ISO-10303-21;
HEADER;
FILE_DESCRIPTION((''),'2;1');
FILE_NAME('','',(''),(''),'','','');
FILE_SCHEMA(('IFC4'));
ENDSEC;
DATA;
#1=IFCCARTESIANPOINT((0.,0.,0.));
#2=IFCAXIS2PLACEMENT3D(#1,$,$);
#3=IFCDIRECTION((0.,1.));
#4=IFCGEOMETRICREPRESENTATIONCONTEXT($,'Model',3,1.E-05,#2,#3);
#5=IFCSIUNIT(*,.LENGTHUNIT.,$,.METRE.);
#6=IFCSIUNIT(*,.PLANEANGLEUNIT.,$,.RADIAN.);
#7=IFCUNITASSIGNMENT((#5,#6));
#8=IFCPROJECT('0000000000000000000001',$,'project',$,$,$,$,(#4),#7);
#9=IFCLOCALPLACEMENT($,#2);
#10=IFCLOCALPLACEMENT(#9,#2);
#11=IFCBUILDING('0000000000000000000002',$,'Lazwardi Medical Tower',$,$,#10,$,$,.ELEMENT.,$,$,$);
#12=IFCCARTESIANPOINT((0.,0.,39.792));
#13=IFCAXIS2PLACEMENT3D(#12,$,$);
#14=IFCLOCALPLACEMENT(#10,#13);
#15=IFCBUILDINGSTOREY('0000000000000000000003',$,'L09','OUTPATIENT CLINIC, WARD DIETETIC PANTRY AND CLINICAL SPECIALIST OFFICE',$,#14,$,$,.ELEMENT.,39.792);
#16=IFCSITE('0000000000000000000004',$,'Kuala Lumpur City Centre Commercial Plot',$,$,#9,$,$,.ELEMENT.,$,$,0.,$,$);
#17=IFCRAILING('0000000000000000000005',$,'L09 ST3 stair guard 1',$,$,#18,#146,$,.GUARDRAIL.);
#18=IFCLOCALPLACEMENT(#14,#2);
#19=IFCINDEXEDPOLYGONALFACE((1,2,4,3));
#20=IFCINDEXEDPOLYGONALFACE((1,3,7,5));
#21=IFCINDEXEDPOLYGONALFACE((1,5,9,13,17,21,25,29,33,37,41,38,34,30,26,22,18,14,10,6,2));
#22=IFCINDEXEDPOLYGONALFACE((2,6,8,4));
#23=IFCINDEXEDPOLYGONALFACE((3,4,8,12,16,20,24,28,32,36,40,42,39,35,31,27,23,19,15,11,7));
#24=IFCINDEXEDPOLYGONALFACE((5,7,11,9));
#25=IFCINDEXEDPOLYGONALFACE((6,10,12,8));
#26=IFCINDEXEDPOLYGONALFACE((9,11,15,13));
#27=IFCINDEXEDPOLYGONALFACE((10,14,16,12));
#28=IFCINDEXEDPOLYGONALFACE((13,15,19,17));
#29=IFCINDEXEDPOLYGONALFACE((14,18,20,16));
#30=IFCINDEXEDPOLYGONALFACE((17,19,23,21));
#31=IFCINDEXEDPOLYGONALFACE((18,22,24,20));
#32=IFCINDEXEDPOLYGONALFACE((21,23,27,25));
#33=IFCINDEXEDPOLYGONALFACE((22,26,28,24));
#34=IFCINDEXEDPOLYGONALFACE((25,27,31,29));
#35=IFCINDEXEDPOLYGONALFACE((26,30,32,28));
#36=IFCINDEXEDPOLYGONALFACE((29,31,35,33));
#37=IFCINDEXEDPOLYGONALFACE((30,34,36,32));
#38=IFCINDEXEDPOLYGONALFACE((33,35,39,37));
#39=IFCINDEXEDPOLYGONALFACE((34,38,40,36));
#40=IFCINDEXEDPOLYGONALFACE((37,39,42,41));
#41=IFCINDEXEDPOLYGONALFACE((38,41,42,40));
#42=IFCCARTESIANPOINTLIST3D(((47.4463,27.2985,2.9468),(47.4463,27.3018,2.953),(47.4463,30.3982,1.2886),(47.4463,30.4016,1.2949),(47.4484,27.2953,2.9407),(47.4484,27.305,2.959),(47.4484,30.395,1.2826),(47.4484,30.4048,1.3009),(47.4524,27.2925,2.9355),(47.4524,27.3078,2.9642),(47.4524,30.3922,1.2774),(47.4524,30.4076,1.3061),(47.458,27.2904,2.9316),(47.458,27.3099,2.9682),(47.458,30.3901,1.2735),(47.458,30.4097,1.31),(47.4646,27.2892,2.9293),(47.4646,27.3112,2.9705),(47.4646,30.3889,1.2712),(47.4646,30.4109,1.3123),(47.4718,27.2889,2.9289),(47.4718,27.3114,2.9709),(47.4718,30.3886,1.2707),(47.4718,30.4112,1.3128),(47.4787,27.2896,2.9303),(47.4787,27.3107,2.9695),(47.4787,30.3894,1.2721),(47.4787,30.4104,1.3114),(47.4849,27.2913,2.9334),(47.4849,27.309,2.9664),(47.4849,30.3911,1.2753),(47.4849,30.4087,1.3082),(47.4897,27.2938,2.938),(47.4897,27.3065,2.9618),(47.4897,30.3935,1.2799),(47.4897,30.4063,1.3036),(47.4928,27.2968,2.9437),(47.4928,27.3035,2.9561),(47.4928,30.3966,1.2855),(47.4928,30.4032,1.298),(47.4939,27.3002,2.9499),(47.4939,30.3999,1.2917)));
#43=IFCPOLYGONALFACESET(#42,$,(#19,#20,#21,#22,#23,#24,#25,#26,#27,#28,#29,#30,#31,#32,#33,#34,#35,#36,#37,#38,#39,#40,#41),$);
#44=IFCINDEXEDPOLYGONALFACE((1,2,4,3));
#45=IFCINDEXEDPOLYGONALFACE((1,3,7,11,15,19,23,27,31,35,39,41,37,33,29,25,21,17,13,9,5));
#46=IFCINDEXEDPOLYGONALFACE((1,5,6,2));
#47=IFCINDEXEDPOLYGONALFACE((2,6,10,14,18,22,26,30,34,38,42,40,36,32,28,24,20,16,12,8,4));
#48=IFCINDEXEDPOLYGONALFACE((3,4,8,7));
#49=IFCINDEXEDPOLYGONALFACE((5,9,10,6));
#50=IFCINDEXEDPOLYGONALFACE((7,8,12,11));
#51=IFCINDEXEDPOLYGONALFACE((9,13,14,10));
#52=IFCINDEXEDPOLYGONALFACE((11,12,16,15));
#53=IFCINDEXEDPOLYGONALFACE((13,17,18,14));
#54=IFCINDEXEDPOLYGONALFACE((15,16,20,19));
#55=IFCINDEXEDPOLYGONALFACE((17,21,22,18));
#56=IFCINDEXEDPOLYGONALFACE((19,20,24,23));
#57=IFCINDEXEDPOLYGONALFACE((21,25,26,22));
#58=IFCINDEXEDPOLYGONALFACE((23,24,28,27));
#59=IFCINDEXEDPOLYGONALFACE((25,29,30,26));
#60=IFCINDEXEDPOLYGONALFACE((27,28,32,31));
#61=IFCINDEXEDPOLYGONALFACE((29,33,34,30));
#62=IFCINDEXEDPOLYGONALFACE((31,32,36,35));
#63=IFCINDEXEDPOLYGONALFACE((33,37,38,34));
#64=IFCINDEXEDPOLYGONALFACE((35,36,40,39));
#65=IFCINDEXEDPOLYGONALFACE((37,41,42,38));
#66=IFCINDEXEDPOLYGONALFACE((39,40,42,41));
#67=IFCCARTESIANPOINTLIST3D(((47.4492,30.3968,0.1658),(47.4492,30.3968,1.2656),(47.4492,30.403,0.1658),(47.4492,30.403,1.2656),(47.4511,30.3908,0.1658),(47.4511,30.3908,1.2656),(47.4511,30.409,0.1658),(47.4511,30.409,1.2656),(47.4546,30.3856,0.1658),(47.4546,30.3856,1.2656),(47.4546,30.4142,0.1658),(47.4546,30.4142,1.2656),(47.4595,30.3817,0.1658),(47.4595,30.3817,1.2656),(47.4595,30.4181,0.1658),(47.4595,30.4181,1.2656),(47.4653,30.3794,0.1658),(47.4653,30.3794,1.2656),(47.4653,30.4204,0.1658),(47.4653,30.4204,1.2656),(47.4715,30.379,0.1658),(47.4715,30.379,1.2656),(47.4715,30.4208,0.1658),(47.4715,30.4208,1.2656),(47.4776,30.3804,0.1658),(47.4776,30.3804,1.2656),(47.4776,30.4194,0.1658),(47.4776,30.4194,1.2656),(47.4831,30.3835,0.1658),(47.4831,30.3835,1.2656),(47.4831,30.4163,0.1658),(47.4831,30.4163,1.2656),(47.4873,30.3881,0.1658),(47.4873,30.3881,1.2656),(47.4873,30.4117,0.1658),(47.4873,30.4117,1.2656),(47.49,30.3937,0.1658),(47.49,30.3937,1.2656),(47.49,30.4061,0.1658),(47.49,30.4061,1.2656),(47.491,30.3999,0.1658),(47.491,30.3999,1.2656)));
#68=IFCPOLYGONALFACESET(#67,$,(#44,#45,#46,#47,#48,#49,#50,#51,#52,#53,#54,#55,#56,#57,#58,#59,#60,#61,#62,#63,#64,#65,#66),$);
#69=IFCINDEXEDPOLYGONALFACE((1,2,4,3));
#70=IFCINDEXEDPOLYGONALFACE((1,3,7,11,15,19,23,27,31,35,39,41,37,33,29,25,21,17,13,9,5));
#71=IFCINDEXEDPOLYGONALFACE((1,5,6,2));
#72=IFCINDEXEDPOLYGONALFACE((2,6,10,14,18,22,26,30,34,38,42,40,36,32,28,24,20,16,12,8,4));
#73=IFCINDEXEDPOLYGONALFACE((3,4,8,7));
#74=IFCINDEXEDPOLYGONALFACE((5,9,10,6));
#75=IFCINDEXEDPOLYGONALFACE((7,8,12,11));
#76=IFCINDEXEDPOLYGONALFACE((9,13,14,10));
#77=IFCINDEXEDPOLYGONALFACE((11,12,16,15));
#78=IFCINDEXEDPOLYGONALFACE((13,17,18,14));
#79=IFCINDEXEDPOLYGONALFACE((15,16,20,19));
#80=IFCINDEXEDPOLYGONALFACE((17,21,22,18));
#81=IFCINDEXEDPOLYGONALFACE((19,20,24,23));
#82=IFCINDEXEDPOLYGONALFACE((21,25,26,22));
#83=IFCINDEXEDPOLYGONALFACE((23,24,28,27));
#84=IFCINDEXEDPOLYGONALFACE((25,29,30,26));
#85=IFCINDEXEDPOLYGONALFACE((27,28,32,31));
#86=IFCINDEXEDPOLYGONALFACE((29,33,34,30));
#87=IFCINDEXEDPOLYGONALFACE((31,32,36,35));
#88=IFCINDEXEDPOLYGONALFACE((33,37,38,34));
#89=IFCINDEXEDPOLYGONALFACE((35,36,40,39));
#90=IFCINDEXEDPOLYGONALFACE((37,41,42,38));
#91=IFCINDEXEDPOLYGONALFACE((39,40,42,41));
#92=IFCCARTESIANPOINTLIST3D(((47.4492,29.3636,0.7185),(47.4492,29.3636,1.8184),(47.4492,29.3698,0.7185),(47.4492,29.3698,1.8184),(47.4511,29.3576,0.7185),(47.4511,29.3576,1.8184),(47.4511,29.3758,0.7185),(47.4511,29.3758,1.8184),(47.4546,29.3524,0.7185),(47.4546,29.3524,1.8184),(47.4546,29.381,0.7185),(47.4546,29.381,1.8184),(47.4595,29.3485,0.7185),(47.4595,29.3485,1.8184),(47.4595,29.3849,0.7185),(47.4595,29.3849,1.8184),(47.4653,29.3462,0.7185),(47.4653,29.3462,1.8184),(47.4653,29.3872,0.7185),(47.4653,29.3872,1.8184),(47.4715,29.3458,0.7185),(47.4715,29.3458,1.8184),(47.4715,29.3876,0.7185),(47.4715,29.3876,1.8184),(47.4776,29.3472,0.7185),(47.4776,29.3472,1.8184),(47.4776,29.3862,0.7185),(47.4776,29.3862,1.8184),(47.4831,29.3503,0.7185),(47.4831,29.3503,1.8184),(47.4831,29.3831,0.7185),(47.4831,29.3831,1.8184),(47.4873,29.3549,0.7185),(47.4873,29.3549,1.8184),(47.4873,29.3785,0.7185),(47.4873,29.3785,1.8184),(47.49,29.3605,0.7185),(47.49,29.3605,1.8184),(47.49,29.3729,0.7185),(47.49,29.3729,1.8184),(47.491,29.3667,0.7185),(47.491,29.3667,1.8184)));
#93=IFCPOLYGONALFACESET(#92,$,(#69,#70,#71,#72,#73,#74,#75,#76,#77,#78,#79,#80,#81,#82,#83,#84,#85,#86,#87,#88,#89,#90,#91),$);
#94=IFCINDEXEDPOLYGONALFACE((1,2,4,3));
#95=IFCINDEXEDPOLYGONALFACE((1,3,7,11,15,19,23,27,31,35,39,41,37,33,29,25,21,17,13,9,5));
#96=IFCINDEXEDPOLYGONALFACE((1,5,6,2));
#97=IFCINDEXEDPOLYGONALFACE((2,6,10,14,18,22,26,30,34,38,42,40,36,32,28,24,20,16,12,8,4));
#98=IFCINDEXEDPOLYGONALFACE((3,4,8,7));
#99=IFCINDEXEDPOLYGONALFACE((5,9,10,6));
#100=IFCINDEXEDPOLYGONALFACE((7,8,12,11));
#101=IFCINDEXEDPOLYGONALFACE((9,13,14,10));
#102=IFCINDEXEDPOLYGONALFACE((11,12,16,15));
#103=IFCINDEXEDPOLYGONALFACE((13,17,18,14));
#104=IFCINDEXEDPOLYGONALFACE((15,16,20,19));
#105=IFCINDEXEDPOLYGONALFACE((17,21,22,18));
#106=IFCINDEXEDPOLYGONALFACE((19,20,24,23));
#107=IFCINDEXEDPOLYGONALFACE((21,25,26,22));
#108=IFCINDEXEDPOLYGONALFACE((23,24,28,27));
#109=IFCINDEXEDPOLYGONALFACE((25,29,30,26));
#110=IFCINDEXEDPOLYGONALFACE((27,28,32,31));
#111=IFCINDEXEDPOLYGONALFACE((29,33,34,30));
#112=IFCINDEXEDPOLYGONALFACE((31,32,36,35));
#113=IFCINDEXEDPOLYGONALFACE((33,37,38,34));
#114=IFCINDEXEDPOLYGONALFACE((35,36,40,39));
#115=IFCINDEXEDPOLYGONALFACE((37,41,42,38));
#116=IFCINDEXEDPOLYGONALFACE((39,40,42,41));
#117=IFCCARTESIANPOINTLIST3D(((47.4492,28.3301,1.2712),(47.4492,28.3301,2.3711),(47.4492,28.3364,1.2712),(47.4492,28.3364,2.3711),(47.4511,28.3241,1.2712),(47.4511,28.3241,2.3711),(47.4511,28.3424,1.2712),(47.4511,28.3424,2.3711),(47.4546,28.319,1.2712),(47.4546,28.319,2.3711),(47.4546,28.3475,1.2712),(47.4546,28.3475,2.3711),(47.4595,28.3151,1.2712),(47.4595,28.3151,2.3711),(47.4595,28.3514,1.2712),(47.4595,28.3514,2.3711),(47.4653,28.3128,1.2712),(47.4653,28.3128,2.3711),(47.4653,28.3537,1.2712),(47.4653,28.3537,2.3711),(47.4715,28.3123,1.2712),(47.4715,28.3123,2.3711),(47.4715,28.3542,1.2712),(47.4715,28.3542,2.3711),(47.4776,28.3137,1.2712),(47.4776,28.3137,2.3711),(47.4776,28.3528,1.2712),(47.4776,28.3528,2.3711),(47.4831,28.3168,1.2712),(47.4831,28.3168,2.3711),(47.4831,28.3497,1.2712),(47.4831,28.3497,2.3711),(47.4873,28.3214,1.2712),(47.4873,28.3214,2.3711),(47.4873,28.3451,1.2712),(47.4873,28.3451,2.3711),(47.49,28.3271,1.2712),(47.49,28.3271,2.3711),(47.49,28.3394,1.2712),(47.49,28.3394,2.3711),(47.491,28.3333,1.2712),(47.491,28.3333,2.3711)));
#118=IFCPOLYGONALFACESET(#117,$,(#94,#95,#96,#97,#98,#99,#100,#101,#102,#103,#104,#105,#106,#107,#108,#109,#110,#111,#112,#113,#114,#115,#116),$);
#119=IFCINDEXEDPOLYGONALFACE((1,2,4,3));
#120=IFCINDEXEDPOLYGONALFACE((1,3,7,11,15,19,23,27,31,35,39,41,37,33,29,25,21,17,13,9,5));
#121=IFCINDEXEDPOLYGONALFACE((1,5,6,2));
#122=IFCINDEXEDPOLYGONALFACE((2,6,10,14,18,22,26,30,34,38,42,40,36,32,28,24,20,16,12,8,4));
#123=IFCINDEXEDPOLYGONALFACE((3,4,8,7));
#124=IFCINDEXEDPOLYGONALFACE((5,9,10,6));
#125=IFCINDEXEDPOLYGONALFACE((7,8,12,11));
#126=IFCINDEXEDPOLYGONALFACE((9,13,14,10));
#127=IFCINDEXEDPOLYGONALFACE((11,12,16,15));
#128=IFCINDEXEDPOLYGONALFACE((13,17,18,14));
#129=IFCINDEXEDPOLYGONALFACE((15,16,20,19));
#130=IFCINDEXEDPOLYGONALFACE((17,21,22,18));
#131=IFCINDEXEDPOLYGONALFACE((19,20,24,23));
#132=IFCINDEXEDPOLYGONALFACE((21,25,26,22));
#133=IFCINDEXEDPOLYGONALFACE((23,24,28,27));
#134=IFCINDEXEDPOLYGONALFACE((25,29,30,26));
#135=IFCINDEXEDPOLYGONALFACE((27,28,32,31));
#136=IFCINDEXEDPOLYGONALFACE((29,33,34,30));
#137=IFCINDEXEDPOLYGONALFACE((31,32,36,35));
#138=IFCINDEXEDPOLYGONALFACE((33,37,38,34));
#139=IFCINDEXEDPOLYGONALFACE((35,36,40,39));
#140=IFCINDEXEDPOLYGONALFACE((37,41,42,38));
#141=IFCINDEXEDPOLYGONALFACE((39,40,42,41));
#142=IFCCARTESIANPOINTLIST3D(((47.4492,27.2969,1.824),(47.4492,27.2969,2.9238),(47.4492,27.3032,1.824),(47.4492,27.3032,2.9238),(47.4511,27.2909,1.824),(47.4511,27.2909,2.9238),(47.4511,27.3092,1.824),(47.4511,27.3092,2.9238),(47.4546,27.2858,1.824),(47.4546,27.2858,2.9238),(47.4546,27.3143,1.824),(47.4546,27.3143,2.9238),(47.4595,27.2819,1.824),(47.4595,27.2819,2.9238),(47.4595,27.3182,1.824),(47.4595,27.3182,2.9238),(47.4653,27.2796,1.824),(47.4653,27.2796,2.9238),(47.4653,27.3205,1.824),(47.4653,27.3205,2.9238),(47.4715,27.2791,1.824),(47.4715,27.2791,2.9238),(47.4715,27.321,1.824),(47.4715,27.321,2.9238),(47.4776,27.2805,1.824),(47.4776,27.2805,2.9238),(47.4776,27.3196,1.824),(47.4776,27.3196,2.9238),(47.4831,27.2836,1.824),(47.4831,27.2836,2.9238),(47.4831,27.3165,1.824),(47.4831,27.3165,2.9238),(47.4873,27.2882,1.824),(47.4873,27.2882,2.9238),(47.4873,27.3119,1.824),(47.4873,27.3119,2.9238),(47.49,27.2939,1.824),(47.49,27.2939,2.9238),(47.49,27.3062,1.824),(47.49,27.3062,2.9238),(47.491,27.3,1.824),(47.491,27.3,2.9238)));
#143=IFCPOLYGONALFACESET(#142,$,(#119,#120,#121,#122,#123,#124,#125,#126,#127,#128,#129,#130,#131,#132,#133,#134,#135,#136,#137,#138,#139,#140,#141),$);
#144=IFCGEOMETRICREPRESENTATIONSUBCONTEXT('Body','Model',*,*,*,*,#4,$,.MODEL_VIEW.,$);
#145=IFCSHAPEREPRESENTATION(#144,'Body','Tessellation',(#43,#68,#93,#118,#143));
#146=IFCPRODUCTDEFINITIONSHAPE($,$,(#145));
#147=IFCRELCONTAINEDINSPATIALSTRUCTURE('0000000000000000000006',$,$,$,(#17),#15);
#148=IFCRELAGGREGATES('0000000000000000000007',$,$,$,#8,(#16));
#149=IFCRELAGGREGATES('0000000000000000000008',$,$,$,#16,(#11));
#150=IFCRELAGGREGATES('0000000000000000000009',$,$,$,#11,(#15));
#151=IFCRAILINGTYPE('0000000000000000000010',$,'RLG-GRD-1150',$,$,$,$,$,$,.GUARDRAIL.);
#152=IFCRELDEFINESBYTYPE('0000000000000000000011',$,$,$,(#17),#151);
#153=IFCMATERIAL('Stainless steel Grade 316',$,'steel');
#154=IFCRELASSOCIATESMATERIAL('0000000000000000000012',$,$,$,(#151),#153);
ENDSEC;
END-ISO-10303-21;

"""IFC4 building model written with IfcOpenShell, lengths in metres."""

from ifc_helpers import new_model, si_unit, direction, frame, origin, origin_2d, place, context, subcontext, project, spatial, circle, extrude, material, type_object, element, save


model = new_model("IFC4")

# Units and contexts
model_context = context("Model", 3, precision=1e-05, world=origin(), true_north=direction((0.0, 1.0)))
body_context = subcontext(model_context, "Body", "Model", "MODEL_VIEW")
ifc_project = project(units=[si_unit("LENGTHUNIT", "METRE"), si_unit("PLANEANGLEUNIT", "RADIAN")], contexts=[model_context])

# Site, building, storey
site_placement = place(None, origin())
site = spatial("IfcSite", under=ifc_project, at=site_placement, Name="Kuala Lumpur City Centre Commercial Plot", CompositionType="ELEMENT", RefElevation=0.0)
building_placement = place(site_placement, origin())
building = spatial("IfcBuilding", under=site, at=building_placement, Name="Lazwardi Medical Tower", CompositionType="ELEMENT")
storey_placement = place(building_placement, frame((0.0, 0.0, 39.792)))
storey = spatial("IfcBuildingStorey", under=building, at=storey_placement, Name="L09", Description="OUTPATIENT CLINIC, WARD DIETETIC PANTRY AND CLINICAL SPECIALIST OFFICE", CompositionType="ELEMENT", Elevation=39.792)

# Railing
ifc_material_1 = material(Name="Stainless steel Grade 316", Category="steel")
railing_type_1 = type_object("IfcRailingType", Name="RLG-GRD-1150", PredefinedType="GUARDRAIL", material=ifc_material_1)
railing_1_placement = place(storey_placement, frame((47.47, 30.3999, 0.1658)))
element("IfcRailing", 1, at=railing_1_placement, inside=storey, type_object=railing_type_1, Name="L09 ST3 stair guard 1", PredefinedType="GUARDRAIL", context=body_context, shape_type="SweptSolid", body=[
    extrude(circle(Radius=0.0239, at=origin_2d()), frame((0.0, 0.0, 1.126), z_axis=(0.0, -0.881768, 0.471684), x_axis=(1.0, 0.0, 0.0)), (0.0, 0.0, 1.0), 3.5154),
    extrude(circle(Radius=0.021, at=origin_2d()), origin(), (0.0, 0.0, 1.0), 1.0999),
    extrude(circle(Radius=0.021, at=origin_2d()), frame((0.0, -1.0332, 0.5527)), (0.0, 0.0, 1.0), 1.0999),
    extrude(circle(Radius=0.021, at=origin_2d()), frame((0.0, -2.0667, 1.1055)), (0.0, 0.0, 1.0), 1.0999),
    extrude(circle(Radius=0.021, at=origin_2d()), frame((0.0, -3.0999, 1.6582)), (0.0, 0.0, 1.0), 1.0999),
])

save(model, "model.ifc")
